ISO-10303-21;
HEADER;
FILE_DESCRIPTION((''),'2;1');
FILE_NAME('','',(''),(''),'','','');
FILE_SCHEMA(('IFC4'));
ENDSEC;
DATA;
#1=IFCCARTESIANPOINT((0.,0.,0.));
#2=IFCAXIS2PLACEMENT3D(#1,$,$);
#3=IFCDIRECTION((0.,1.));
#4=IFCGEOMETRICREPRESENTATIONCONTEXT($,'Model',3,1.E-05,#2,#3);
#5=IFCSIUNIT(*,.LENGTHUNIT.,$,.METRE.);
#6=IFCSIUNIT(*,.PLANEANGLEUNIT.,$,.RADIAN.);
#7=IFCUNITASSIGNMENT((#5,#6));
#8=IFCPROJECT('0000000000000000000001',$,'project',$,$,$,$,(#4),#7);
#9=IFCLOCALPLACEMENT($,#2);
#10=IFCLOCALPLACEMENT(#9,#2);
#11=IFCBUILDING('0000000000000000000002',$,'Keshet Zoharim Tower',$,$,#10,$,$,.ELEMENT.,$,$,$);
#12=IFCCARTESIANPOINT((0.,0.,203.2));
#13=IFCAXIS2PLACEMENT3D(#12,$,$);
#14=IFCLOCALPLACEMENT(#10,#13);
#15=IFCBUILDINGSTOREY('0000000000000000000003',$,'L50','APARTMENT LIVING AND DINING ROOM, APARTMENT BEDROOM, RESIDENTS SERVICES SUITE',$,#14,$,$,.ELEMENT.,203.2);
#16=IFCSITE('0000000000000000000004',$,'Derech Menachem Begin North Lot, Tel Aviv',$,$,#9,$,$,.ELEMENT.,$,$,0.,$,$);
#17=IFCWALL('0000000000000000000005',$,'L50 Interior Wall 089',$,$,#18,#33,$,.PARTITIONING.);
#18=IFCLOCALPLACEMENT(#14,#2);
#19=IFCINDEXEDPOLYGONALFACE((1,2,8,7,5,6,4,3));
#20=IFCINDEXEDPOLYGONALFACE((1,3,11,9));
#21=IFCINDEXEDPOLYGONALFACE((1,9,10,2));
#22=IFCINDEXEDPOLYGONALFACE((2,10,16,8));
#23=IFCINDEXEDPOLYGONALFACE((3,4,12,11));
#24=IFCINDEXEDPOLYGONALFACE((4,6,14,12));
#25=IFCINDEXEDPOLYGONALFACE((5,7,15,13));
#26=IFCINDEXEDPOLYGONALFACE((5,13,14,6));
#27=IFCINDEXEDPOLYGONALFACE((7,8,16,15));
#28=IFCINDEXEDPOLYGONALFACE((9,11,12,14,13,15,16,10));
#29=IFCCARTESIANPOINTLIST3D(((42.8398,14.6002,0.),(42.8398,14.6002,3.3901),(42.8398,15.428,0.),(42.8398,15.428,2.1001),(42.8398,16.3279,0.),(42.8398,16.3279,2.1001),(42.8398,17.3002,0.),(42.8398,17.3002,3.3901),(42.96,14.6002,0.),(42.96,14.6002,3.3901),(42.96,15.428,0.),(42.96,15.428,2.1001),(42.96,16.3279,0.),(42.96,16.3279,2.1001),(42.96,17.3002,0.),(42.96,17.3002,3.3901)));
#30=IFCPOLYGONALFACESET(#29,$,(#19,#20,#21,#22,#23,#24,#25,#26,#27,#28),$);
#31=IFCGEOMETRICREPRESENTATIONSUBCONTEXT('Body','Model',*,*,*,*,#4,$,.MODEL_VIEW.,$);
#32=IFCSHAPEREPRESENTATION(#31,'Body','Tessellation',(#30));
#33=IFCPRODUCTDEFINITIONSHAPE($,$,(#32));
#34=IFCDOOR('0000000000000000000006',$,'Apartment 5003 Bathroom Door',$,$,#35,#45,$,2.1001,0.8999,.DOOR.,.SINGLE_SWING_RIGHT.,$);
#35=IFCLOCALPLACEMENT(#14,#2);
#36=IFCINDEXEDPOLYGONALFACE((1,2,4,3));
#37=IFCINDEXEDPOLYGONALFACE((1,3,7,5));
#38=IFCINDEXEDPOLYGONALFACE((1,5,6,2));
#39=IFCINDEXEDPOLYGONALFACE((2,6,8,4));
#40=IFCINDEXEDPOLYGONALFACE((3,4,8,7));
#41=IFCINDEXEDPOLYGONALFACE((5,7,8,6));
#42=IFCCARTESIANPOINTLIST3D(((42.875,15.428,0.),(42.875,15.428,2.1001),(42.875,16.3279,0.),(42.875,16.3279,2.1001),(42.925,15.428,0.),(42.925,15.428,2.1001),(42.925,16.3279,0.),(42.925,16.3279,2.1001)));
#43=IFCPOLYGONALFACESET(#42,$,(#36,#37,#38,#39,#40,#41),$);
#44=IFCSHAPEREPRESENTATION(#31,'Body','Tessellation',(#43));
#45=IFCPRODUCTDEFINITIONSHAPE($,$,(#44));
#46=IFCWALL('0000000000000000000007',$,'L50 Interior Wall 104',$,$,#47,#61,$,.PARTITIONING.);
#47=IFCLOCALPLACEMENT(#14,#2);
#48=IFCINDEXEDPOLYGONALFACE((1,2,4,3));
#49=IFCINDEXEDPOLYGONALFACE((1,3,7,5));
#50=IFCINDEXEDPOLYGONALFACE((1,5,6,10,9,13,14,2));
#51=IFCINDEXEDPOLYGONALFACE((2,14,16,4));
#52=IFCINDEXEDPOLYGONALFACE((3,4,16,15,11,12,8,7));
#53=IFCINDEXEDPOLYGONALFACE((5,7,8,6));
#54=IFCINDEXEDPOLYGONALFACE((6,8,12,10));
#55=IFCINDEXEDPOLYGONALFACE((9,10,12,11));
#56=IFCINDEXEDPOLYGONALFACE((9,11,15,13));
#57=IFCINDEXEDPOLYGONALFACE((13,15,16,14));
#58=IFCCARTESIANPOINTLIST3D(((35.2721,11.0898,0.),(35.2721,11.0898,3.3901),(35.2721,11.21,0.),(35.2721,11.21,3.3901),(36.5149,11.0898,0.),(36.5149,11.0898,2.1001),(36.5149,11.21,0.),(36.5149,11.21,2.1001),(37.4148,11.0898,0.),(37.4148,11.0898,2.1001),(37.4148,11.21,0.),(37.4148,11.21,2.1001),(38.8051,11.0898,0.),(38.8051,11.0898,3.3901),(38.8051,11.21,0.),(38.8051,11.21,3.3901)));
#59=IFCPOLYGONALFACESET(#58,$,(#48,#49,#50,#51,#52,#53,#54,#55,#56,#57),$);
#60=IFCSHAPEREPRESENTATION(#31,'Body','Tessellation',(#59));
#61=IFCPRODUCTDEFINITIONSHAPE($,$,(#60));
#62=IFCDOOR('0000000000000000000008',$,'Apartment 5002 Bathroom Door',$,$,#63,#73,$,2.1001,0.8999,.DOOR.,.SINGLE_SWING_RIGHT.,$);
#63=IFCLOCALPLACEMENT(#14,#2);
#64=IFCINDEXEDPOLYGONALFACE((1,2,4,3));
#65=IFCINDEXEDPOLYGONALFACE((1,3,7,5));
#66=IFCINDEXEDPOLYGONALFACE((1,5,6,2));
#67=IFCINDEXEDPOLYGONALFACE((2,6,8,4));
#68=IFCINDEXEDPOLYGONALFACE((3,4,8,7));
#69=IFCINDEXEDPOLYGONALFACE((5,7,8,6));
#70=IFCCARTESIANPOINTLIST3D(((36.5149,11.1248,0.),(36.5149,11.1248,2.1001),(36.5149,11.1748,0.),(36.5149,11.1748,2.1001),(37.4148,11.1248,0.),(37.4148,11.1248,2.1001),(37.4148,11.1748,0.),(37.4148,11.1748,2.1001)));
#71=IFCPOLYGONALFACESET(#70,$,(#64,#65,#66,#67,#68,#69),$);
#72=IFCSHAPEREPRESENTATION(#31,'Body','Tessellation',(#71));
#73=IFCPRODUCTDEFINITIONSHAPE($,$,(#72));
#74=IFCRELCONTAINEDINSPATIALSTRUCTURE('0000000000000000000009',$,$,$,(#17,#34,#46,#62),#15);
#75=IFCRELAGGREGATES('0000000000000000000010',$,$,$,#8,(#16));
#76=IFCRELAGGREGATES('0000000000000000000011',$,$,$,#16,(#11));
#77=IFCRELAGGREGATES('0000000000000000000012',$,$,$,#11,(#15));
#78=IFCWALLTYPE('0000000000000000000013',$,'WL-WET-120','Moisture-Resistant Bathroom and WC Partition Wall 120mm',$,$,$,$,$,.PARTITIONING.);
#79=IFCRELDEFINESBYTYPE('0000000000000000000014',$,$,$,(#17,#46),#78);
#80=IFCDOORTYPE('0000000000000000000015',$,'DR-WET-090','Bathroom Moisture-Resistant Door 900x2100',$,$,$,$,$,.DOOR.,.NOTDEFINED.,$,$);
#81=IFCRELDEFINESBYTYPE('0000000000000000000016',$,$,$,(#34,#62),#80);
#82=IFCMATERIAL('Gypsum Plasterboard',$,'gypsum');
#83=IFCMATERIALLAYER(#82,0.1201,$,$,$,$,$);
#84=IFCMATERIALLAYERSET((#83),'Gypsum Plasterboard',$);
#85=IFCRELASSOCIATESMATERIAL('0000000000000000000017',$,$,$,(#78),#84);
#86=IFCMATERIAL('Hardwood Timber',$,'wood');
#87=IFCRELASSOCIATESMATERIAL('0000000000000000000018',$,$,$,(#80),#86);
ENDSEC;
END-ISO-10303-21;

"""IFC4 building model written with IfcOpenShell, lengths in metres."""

from ifc_helpers import new_model, si_unit, direction, frame, frame_2d, origin, place, context, subcontext, project, spatial, rectangle, extrude, material, layer, layer_set, type_object, element, fill, save


model = new_model("IFC4")

# Units and contexts
model_context = context("Model", 3, precision=1e-05, world=origin(), true_north=direction((0.0, 1.0)))
body_context = subcontext(model_context, "Body", "Model", "MODEL_VIEW")
ifc_project = project(units=[si_unit("LENGTHUNIT", "METRE"), si_unit("PLANEANGLEUNIT", "RADIAN")], contexts=[model_context])

# Site, building, storey
site_placement = place(None, origin())
site = spatial("IfcSite", under=ifc_project, at=site_placement, Name="Derech Menachem Begin North Lot, Tel Aviv", CompositionType="ELEMENT", RefElevation=0.0)
building_placement = place(site_placement, origin())
building = spatial("IfcBuilding", under=site, at=building_placement, Name="Keshet Zoharim Tower", CompositionType="ELEMENT")
storey_placement = place(building_placement, frame((0.0, 0.0, 203.2)))
storey = spatial("IfcBuildingStorey", under=building, at=storey_placement, Name="L50", Description="APARTMENT LIVING AND DINING ROOM, APARTMENT BEDROOM, RESIDENTS SERVICES SUITE", CompositionType="ELEMENT", Elevation=203.2)

# Shared definitions
ifc_material_1 = material(Name="Gypsum Plasterboard", Category="gypsum")
ifc_material_2 = material(Name="Hardwood Timber", Category="wood")

# Shared definitions
ifc_layer_1 = layer(ifc_material_1, 0.1201)
ifc_layer_set_1 = layer_set([ifc_layer_1], Name="Gypsum Plasterboard")
wall_type_1 = type_object("IfcWallType", Name="WL-WET-120", Description="Moisture-Resistant Bathroom and WC Partition Wall 120mm", PredefinedType="PARTITIONING", material=ifc_layer_set_1)

# Walls, openings, doors
wall_1_placement = place(storey_placement, frame((42.8999, 14.6001, 0.0), z_axis=(0.0, 0.0, 1.0), x_axis=(0.0, 1.0, 0.0)))
wall_1 = element("IfcWall", 1, at=wall_1_placement, inside=storey, type_object=wall_type_1, Name="L50 Interior Wall 089", PredefinedType="PARTITIONING", context=body_context, shape_type="SweptSolid", body=[
    extrude(rectangle(XDim=2.7, YDim=0.1201, at=frame_2d((1.3501, 0.0))), origin(), (0.0, 0.0, 1.0), 3.3901),
])
opening_1_placement = place(wall_1_placement, frame((0.8279, 0.0, 0.0)))
opening_1 = element("IfcOpeningElement", 2, at=opening_1_placement, cuts=wall_1, PredefinedType="OPENING", context=body_context, shape_type="SweptSolid", body=[
    extrude(rectangle(XDim=0.8999, YDim=2.1001, at=frame_2d((0.45, 1.05))), frame((0.0, 0.0701, 0.0), z_axis=(0.0, -1.0, 0.0), x_axis=(1.0, 0.0, 0.0)), (0.0, 0.0, 1.0), 0.1401),
])
door_type_1 = type_object("IfcDoorType", Name="DR-WET-090", Description="Bathroom Moisture-Resistant Door 900x2100", OperationType="NOTDEFINED", PredefinedType="DOOR", material=ifc_material_2)
door_1_placement = place(opening_1_placement, origin())
door_1 = element("IfcDoor", 3, at=door_1_placement, inside=storey, type_object=door_type_1, Name="Apartment 5003 Bathroom Door", OperationType="SINGLE_SWING_RIGHT", OverallHeight=2.1001, OverallWidth=0.8999, PredefinedType="DOOR", context=body_context, shape_type="SweptSolid", body=[
    extrude(rectangle(XDim=0.8999, YDim=2.1001, at=frame_2d((0.45, 1.05))), frame((0.0, 0.0249, 0.0), z_axis=(0.0, -1.0, 0.0), x_axis=(1.0, 0.0, 0.0)), (0.0, 0.0, 1.0), 0.05),
])
fill(opening_1, door_1)
wall_2_placement = place(storey_placement, frame((35.272, 11.1499, 0.0), z_axis=(0.0, 0.0, 1.0), x_axis=(1.0, 0.0, 0.0)))
wall_2 = element("IfcWall", 4, at=wall_2_placement, inside=storey, type_object=wall_type_1, Name="L50 Interior Wall 104", PredefinedType="PARTITIONING", context=body_context, shape_type="SweptSolid", body=[
    extrude(rectangle(XDim=3.533, YDim=0.1201, at=frame_2d((1.7666, 0.0))), origin(), (0.0, 0.0, 1.0), 3.3901),
])
opening_2_placement = place(wall_2_placement, frame((1.2429, 0.0, 0.0)))
opening_2 = element("IfcOpeningElement", 5, at=opening_2_placement, cuts=wall_2, PredefinedType="OPENING", context=body_context, shape_type="SweptSolid", body=[
    extrude(rectangle(XDim=0.8999, YDim=2.1001, at=frame_2d((0.45, 1.05))), frame((0.0, 0.0701, 0.0), z_axis=(0.0, -1.0, 0.0), x_axis=(1.0, 0.0, 0.0)), (0.0, 0.0, 1.0), 0.1401),
])
door_2_placement = place(opening_2_placement, origin())
door_2 = element("IfcDoor", 6, at=door_2_placement, inside=storey, type_object=door_type_1, Name="Apartment 5002 Bathroom Door", OperationType="SINGLE_SWING_RIGHT", OverallHeight=2.1001, OverallWidth=0.8999, PredefinedType="DOOR", context=body_context, shape_type="SweptSolid", body=[
    extrude(rectangle(XDim=0.8999, YDim=2.1001, at=frame_2d((0.45, 1.05))), frame((0.0, 0.0249, 0.0), z_axis=(0.0, -1.0, 0.0), x_axis=(1.0, 0.0, 0.0)), (0.0, 0.0, 1.0), 0.05),
])
fill(opening_2, door_2)

save(model, "model.ifc")
